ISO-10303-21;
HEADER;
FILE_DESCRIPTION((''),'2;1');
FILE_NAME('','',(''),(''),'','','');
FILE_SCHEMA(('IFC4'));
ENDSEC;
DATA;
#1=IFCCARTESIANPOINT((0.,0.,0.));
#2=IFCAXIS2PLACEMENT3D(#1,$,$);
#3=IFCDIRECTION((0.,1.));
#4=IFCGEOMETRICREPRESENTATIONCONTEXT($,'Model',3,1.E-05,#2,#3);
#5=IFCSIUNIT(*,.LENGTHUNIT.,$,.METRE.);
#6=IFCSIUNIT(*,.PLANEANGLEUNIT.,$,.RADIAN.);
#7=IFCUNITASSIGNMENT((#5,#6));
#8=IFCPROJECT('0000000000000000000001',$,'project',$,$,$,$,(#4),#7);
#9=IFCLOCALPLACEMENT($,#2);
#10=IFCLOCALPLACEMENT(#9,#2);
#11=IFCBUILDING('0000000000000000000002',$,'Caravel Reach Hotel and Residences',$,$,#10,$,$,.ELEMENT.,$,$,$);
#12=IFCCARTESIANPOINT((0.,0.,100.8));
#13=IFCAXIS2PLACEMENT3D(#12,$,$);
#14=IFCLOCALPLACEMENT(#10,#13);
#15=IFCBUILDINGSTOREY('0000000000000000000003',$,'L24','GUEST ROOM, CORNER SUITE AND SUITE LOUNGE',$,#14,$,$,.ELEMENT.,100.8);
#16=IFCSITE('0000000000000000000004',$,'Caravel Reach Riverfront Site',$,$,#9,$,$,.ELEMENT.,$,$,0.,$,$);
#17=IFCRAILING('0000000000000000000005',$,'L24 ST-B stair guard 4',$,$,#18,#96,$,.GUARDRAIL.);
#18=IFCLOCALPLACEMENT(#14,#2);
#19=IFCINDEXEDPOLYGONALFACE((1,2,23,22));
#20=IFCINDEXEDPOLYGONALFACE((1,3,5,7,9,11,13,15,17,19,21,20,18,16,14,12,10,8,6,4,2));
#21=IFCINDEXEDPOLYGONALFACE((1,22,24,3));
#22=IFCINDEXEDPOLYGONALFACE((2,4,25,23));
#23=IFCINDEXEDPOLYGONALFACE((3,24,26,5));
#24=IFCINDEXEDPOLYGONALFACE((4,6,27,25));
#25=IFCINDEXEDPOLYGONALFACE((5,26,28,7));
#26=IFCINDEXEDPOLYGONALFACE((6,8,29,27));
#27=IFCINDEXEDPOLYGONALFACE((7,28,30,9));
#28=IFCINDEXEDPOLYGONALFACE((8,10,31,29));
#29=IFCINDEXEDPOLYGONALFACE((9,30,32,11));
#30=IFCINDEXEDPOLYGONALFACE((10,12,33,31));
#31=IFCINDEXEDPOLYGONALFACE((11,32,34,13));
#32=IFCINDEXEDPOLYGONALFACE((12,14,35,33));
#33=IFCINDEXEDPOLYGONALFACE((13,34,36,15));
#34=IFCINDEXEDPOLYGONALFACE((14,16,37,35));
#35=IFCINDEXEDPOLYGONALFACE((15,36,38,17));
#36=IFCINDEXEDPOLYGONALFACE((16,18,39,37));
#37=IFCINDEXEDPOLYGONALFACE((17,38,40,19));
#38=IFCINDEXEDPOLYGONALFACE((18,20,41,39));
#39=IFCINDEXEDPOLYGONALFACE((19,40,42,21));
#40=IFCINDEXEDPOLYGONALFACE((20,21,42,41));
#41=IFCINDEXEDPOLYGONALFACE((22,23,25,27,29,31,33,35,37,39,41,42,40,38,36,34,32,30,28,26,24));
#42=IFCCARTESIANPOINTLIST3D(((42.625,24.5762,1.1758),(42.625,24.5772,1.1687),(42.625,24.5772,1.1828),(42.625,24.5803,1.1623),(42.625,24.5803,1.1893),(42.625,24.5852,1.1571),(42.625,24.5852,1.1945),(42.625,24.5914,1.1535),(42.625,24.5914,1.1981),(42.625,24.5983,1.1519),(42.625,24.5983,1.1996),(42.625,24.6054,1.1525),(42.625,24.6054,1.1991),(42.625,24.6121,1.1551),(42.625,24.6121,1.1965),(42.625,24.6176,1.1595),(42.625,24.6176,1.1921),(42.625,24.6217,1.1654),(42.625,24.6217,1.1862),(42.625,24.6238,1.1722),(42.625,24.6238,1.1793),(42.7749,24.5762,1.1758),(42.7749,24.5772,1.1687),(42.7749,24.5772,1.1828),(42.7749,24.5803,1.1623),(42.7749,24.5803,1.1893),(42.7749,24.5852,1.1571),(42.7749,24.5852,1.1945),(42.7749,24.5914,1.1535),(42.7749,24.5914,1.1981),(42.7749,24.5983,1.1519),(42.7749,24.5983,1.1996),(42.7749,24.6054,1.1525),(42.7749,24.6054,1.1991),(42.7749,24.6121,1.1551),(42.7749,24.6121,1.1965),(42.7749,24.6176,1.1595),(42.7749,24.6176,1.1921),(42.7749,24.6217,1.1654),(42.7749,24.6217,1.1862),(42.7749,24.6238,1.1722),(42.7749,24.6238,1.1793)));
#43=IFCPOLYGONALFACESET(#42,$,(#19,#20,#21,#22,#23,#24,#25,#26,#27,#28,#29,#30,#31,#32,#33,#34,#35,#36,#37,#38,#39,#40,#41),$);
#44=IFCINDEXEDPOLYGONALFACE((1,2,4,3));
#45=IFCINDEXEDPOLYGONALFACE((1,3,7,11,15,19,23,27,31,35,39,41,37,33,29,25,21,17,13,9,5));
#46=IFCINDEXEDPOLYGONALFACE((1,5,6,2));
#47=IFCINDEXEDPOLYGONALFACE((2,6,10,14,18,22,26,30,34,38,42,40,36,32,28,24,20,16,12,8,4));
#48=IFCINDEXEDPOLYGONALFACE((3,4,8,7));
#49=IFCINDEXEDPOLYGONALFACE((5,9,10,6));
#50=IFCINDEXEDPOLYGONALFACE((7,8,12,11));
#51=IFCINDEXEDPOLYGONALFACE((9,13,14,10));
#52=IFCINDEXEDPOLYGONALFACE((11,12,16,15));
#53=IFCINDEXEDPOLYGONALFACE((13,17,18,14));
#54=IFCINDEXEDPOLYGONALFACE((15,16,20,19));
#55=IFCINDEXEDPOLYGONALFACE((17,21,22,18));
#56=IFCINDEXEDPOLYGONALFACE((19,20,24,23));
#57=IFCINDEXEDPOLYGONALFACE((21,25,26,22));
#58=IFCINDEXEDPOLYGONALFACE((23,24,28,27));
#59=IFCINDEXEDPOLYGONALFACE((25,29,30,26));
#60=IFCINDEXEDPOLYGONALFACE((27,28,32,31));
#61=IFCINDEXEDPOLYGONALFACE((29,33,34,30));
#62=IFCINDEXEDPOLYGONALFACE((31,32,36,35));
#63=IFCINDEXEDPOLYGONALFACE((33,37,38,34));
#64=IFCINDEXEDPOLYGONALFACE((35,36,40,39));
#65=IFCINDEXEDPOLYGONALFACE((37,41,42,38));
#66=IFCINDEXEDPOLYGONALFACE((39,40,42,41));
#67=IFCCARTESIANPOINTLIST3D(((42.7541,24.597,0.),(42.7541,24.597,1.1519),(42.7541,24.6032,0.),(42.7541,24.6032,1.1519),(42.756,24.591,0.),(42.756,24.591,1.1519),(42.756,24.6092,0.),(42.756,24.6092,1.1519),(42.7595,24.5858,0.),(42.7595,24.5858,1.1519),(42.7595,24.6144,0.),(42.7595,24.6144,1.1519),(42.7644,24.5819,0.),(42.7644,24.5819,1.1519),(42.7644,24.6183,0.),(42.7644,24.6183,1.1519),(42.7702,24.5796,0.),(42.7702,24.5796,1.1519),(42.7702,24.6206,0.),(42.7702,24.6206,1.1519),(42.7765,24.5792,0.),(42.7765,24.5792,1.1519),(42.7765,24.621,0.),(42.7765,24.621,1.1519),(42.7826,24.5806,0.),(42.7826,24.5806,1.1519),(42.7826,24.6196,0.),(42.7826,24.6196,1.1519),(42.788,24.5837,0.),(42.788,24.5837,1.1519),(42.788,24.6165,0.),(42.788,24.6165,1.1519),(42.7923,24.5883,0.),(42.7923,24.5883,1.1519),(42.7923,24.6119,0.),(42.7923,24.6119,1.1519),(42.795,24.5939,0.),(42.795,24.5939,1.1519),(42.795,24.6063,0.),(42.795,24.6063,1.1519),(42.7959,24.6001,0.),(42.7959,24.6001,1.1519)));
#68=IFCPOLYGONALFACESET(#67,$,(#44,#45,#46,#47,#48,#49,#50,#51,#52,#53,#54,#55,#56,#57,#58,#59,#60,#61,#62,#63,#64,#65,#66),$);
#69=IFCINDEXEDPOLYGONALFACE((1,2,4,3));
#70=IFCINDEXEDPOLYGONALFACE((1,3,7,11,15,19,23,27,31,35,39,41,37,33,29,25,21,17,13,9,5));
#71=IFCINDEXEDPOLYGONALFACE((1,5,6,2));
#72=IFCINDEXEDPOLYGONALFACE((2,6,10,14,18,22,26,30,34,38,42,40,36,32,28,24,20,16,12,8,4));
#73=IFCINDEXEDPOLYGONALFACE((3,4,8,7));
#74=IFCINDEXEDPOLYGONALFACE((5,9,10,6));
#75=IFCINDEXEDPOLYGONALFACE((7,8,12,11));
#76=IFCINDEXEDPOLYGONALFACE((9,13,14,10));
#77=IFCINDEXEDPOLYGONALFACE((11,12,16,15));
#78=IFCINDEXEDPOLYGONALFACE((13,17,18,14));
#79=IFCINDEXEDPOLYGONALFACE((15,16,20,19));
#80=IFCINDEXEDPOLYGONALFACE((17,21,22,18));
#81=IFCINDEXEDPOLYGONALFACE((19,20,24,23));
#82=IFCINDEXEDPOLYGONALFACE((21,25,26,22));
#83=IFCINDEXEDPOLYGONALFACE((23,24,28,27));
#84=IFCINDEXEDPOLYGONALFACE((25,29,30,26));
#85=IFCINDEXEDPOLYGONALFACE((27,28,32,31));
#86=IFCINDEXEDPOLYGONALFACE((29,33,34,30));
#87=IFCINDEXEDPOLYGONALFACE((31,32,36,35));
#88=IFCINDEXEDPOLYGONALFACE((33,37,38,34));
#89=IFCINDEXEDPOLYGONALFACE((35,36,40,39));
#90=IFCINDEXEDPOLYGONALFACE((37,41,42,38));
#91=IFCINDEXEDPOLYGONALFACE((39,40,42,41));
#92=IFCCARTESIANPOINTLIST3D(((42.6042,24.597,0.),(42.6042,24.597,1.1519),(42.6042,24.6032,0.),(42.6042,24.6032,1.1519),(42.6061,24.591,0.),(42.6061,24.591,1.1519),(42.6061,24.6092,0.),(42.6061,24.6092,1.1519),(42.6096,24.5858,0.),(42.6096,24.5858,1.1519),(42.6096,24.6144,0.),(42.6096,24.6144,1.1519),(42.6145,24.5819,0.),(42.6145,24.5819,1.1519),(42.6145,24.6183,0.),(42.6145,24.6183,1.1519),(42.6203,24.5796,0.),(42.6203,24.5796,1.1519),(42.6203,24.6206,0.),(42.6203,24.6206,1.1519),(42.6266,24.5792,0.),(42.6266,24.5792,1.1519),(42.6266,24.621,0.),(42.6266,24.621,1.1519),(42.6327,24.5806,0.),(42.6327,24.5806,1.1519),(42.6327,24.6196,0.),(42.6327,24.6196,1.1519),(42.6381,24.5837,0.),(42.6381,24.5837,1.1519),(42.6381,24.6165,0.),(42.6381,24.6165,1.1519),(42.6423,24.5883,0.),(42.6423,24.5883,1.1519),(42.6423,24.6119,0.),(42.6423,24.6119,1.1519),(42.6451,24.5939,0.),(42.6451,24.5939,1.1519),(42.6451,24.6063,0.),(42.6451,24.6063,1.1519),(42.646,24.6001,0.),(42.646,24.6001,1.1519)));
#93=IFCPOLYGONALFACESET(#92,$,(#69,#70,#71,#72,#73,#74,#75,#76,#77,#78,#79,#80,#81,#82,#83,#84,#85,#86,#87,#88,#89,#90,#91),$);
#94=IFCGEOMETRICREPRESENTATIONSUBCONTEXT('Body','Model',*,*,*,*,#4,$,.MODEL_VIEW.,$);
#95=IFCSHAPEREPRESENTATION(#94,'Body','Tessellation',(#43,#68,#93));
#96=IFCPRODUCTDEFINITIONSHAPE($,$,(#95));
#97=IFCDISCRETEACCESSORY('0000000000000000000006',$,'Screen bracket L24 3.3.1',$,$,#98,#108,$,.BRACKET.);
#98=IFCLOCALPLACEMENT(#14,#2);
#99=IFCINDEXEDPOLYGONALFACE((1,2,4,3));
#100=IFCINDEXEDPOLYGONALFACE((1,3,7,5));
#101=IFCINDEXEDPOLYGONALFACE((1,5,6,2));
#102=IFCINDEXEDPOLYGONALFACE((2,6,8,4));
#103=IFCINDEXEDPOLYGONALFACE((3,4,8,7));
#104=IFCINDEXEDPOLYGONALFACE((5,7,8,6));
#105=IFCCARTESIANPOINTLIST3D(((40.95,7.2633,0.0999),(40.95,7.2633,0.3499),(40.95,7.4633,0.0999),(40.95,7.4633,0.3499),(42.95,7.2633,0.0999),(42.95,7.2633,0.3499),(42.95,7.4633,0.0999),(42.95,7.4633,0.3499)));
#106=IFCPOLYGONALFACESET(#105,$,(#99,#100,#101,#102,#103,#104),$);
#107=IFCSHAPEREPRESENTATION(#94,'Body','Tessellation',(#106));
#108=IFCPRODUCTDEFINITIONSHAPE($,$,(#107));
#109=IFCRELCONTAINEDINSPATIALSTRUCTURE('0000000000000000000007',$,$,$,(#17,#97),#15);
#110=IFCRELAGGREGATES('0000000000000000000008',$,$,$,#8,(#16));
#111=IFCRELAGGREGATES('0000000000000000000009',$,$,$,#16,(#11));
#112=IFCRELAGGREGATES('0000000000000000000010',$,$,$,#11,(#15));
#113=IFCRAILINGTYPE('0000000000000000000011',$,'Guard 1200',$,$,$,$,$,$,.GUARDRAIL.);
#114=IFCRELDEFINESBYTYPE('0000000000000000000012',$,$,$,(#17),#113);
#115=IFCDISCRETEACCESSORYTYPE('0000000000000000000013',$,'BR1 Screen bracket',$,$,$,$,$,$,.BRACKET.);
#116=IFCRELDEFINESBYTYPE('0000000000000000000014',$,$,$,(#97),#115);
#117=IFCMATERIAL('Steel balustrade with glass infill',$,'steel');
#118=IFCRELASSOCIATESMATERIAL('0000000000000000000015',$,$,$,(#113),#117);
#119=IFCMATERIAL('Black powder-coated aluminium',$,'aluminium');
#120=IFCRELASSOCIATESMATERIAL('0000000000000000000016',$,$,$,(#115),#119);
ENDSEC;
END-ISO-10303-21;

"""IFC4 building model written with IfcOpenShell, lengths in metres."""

from ifc_helpers import new_model, si_unit, direction, frame, origin, origin_2d, place, context, subcontext, project, spatial, rectangle, circle, extrude, material, type_object, element, save


model = new_model("IFC4")

# Units and contexts
model_context = context("Model", 3, precision=1e-05, world=origin(), true_north=direction((0.0, 1.0)))
body_context = subcontext(model_context, "Body", "Model", "MODEL_VIEW")
ifc_project = project(units=[si_unit("LENGTHUNIT", "METRE"), si_unit("PLANEANGLEUNIT", "RADIAN")], contexts=[model_context])

# Site, building, storey
site_placement = place(None, origin())
site = spatial("IfcSite", under=ifc_project, at=site_placement, Name="Caravel Reach Riverfront Site", CompositionType="ELEMENT", RefElevation=0.0)
building_placement = place(site_placement, origin())
building = spatial("IfcBuilding", under=site, at=building_placement, Name="Caravel Reach Hotel and Residences", CompositionType="ELEMENT")
storey_placement = place(building_placement, frame((0.0, 0.0, 100.8)))
storey = spatial("IfcBuildingStorey", under=building, at=storey_placement, Name="L24", Description="GUEST ROOM, CORNER SUITE AND SUITE LOUNGE", CompositionType="ELEMENT", Elevation=100.8)

# Railing
ifc_material_1 = material(Name="Steel balustrade with glass infill", Category="steel")
railing_type = type_object("IfcRailingType", Name="Guard 1200", PredefinedType="GUARDRAIL", material=ifc_material_1)
railing_1_placement = place(storey_placement, frame((42.7749, 24.6001, 0.0)))
element("IfcRailing", 1, at=railing_1_placement, inside=storey, type_object=railing_type, Name="L24 ST-B stair guard 4", PredefinedType="GUARDRAIL", context=body_context, shape_type="SweptSolid", body=[
    extrude(circle(Radius=0.0239, at=origin_2d()), frame((0.0, 0.0, 1.1758), z_axis=(-1.0, 0.0, 0.0), x_axis=(0.0, -1.0, 0.0)), (0.0, 0.0, 1.0), 0.1499),
    extrude(circle(Radius=0.021, at=origin_2d()), origin(), (0.0, 0.0, 1.0), 1.1519),
    extrude(circle(Radius=0.021, at=origin_2d()), frame((-0.1499, 0.0, 0.0)), (0.0, 0.0, 1.0), 1.1519),
])

# Discrete accessory
ifc_material_2 = material(Name="Black powder-coated aluminium", Category="aluminium")
discrete_accessory_type = type_object("IfcDiscreteAccessoryType", Name="BR1 Screen bracket", PredefinedType="BRACKET", material=ifc_material_2)
discrete_accessory_placement = place(storey_placement, frame((41.95, 7.3633, 0.0999), z_axis=(0.0, 0.0, 1.0), x_axis=(1.0, 0.0, 0.0)))
element("IfcDiscreteAccessory", 2, at=discrete_accessory_placement, inside=storey, type_object=discrete_accessory_type, Name="Screen bracket L24 3.3.1", PredefinedType="BRACKET", context=body_context, shape_type="SweptSolid", body=[
    extrude(rectangle(XDim=2.0, YDim=0.2, at=origin_2d()), origin(), (0.0, 0.0, 1.0), 0.25),
])

save(model, "model.ifc")
